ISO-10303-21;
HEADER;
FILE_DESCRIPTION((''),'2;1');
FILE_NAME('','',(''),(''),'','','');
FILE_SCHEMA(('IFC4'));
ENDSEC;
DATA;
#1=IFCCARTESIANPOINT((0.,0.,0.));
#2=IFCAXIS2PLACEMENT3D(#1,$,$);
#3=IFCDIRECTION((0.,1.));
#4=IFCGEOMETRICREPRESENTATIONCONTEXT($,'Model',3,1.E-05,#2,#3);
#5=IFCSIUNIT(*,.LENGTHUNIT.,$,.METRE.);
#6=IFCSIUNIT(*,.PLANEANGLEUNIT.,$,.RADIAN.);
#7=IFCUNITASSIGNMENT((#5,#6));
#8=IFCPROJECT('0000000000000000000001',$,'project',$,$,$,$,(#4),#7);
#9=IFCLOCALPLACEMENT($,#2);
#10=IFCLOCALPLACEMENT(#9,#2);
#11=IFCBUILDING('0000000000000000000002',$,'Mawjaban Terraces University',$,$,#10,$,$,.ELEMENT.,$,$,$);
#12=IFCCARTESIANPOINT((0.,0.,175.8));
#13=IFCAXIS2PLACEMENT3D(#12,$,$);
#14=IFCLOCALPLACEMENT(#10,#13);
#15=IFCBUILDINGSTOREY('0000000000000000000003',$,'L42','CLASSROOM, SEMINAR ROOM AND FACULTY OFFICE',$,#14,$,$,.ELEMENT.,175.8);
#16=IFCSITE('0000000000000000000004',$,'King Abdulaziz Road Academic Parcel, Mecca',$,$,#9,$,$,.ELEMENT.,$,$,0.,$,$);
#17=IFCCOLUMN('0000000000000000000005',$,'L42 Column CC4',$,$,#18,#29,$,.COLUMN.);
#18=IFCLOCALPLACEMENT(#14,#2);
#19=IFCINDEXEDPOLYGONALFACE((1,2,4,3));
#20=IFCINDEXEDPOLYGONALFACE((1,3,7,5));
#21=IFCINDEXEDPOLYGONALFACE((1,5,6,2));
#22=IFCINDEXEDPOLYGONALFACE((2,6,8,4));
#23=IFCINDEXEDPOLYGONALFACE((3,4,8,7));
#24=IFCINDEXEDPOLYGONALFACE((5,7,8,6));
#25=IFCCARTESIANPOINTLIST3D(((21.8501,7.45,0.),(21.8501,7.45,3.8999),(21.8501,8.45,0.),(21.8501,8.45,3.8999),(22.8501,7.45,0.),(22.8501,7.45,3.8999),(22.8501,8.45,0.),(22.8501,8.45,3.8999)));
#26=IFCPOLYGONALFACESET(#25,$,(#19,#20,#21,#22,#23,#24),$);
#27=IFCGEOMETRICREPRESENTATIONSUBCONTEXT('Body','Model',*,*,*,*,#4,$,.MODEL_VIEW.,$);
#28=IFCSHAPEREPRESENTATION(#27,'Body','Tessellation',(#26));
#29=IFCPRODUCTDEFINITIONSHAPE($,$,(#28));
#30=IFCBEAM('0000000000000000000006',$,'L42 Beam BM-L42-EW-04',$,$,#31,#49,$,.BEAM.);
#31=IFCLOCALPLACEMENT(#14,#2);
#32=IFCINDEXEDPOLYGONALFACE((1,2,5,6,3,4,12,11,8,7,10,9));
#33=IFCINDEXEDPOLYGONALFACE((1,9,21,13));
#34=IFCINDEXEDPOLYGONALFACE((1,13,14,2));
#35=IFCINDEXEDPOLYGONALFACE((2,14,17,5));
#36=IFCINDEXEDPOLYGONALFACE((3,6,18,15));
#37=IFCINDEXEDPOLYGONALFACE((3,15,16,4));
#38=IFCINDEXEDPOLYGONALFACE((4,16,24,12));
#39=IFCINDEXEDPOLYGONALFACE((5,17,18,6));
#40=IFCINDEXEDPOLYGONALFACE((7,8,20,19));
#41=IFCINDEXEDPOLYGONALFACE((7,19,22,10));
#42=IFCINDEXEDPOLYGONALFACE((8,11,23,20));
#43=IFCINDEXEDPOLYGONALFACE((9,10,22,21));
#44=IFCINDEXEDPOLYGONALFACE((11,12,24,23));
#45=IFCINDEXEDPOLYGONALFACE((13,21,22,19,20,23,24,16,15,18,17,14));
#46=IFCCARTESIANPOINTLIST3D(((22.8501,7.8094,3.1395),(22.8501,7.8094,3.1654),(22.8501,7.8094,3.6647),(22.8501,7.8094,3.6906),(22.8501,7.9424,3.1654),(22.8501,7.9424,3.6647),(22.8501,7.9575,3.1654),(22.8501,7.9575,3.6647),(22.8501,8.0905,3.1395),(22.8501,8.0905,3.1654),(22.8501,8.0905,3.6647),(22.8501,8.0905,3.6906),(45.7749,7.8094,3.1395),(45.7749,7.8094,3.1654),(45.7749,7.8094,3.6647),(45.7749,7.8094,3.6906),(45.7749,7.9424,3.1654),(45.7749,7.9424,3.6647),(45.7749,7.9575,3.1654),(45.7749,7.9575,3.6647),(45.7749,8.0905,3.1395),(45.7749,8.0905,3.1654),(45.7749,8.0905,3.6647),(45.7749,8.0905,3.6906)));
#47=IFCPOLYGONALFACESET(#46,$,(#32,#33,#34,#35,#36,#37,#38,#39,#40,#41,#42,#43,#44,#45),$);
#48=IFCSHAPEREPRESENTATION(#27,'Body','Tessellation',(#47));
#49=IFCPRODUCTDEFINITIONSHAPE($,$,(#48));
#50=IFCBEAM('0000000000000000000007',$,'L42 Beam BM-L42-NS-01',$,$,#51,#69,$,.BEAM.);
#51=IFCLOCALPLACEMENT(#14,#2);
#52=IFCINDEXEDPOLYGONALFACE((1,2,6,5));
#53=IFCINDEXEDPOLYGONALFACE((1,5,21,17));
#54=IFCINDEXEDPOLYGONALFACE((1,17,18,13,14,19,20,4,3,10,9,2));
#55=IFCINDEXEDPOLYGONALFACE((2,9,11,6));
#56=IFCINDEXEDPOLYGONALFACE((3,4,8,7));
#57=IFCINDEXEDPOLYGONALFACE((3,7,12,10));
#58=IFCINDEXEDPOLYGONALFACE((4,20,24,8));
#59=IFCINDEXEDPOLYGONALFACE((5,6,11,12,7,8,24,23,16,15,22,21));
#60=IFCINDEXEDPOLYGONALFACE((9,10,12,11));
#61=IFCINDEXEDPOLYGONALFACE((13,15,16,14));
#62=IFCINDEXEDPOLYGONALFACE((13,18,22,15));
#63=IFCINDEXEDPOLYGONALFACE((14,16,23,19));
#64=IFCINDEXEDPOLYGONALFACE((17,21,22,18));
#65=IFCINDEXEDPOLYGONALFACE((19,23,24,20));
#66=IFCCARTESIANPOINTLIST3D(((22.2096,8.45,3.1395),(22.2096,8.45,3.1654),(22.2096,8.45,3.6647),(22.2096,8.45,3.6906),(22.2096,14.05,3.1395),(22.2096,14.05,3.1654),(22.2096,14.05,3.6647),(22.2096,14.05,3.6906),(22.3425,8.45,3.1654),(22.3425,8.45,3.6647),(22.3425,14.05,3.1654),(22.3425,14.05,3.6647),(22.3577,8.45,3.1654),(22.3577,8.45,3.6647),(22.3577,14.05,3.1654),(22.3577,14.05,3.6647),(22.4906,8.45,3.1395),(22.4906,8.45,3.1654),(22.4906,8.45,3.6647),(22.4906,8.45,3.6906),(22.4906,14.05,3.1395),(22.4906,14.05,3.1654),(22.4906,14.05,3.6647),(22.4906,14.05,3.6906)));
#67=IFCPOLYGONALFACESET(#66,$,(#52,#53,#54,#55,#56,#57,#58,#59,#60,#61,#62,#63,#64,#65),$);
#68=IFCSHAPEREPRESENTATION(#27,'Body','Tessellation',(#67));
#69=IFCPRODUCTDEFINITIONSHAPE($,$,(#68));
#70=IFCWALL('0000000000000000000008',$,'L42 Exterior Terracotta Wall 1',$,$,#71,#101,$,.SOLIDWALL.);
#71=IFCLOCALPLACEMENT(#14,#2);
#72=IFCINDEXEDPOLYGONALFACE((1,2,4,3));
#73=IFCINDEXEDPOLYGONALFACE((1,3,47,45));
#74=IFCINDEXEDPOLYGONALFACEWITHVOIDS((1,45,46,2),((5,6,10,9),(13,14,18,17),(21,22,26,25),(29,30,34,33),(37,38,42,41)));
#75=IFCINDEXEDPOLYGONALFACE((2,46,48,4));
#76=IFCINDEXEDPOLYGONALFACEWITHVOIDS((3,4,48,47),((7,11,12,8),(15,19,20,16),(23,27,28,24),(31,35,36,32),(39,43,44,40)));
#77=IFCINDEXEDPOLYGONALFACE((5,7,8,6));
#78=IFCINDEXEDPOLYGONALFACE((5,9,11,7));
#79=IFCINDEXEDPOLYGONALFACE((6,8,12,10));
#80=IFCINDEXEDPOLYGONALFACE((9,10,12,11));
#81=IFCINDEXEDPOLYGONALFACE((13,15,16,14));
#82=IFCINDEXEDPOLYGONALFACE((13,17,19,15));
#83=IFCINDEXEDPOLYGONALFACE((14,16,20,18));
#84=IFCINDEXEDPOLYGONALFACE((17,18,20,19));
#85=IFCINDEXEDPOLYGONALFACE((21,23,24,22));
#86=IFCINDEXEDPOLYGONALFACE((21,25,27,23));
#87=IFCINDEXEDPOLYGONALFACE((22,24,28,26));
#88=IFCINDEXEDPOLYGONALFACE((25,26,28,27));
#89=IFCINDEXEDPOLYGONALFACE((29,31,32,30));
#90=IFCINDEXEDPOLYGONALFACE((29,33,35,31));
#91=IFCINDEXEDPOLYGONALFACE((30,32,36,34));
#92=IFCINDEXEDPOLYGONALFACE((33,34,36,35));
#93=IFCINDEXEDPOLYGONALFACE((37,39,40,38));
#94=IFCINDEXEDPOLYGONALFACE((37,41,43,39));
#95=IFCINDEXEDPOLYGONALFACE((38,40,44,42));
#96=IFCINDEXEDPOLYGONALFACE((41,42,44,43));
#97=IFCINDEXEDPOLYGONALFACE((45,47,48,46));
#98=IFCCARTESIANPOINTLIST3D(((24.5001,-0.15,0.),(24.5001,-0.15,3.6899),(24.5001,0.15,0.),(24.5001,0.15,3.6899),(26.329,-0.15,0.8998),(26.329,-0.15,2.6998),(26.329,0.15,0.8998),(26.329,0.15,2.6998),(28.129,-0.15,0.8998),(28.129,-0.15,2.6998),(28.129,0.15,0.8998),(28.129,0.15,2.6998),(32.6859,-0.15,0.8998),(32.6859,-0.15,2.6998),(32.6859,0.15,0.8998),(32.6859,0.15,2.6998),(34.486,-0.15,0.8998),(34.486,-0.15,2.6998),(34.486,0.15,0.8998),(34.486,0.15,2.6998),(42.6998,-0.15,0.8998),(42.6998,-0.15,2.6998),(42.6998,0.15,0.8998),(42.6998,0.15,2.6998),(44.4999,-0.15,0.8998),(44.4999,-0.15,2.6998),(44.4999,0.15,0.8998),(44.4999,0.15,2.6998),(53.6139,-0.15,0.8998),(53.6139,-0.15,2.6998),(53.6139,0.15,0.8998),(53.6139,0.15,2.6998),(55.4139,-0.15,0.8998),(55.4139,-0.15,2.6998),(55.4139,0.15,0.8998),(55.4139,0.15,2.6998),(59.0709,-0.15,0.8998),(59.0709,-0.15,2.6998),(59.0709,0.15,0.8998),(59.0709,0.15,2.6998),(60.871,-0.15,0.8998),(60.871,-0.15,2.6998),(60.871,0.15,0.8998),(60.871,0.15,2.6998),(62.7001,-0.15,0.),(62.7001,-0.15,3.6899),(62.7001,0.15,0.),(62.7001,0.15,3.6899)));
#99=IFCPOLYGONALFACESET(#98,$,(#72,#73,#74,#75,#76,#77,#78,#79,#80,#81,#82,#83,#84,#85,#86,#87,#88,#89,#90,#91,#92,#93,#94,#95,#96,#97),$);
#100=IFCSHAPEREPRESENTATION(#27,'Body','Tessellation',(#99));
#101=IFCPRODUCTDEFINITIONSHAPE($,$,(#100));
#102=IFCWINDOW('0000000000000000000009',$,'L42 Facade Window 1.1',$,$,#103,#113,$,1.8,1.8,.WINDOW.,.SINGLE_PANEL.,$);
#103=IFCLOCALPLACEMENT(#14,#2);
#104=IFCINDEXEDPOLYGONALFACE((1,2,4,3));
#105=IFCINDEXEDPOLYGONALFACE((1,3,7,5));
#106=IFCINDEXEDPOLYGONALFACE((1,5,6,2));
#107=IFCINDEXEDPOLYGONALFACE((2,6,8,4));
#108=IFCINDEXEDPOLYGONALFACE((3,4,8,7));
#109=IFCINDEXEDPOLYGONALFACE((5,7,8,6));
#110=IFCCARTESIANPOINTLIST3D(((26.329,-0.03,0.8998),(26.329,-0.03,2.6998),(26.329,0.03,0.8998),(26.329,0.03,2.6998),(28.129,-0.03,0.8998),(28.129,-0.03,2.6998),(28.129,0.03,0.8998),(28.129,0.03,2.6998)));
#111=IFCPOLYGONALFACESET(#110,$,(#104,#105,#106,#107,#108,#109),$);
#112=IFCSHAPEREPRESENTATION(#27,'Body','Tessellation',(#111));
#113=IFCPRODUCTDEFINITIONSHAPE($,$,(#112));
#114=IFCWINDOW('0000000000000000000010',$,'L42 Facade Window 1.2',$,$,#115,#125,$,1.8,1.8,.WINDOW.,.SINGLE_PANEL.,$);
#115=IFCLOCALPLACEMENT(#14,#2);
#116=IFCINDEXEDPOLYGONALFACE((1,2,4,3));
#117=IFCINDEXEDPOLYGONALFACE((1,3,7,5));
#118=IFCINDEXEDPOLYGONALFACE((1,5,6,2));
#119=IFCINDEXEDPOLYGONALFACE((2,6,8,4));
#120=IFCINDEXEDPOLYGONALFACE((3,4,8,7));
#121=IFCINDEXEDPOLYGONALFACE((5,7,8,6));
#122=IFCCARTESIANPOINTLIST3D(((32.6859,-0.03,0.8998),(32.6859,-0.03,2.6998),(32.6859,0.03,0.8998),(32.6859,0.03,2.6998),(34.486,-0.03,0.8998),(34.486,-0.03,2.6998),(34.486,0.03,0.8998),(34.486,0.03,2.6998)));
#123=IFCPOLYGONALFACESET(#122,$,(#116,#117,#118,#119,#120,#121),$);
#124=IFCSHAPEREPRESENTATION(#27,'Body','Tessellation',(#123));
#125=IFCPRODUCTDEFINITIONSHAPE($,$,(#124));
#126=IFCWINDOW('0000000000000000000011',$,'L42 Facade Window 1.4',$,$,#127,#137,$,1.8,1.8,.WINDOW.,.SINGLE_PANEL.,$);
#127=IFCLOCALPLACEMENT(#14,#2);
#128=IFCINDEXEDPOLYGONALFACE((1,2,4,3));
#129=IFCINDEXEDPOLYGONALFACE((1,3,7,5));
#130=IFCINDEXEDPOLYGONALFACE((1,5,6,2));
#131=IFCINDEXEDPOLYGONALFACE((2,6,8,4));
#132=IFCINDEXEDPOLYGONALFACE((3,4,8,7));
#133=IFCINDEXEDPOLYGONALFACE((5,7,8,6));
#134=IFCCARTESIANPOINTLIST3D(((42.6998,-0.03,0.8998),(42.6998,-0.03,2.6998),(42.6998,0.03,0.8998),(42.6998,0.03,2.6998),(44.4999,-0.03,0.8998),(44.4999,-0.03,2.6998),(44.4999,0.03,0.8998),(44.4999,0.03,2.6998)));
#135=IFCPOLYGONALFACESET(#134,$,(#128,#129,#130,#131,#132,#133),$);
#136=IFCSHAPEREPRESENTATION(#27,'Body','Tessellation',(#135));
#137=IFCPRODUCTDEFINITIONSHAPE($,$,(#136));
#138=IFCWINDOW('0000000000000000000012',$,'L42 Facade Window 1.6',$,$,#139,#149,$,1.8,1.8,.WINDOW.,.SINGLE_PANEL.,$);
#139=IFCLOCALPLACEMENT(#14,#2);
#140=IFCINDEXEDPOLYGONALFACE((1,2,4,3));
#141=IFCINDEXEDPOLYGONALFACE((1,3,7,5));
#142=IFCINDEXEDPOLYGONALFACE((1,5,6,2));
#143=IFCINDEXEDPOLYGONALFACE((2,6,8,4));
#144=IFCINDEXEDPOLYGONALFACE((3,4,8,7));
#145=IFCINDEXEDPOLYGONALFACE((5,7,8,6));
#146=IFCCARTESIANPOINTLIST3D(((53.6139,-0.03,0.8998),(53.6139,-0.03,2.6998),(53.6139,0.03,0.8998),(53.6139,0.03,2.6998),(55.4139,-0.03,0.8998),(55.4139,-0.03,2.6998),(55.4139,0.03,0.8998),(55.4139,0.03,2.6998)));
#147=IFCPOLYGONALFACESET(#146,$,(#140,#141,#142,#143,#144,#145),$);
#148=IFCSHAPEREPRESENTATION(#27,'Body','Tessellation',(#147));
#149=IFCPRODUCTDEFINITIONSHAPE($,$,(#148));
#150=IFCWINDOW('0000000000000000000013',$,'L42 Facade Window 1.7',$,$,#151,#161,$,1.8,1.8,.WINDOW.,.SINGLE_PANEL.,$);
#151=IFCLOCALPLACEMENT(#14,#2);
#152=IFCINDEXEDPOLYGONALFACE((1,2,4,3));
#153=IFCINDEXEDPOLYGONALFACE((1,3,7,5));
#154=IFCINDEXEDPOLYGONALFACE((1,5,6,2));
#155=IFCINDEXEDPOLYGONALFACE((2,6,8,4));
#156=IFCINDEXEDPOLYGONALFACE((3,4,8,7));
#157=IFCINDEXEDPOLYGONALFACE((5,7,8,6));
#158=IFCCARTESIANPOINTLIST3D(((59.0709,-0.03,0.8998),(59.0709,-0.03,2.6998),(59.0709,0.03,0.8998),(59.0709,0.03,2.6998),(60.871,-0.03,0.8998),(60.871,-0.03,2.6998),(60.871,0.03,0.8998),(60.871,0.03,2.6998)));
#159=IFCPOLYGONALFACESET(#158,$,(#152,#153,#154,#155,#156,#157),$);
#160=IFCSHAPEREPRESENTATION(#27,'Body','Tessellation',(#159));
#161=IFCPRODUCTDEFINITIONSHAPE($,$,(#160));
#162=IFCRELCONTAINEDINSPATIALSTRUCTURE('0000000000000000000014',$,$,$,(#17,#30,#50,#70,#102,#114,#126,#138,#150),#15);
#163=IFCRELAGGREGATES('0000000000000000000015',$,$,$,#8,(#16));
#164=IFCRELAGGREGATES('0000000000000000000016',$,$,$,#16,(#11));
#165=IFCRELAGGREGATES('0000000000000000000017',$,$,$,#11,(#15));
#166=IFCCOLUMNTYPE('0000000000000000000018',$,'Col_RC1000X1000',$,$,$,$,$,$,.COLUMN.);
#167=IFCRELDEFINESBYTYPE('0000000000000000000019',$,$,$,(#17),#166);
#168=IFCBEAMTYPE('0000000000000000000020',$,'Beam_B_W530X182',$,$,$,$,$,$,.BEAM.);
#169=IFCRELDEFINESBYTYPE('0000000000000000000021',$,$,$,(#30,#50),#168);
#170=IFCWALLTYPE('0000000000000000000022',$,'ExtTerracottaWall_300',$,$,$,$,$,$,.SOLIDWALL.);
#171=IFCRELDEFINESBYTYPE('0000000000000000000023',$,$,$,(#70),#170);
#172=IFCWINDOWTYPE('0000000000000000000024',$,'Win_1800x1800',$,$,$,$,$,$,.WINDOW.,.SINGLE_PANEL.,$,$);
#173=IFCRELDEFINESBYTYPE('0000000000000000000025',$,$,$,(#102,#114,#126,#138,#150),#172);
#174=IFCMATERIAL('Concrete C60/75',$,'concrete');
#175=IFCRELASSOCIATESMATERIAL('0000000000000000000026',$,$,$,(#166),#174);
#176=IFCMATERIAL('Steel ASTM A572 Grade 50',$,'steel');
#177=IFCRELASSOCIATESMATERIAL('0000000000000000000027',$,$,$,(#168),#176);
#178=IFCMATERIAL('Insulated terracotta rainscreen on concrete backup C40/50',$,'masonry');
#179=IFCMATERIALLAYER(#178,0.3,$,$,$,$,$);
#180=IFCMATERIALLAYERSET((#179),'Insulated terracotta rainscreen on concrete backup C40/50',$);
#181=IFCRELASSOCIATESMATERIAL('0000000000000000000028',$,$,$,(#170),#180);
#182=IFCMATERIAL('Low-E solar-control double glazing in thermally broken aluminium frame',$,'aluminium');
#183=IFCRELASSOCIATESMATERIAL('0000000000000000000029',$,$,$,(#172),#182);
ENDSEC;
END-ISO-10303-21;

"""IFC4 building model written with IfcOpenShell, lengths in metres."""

from ifc_helpers import new_model, si_unit, direction, frame, frame_2d, origin, origin_2d, place, context, subcontext, project, spatial, rectangle, i_section, extrude, material, layer, layer_set, material_profile, profile_set, type_object, element, fill, save


model = new_model("IFC4")

# Units and contexts
model_context = context("Model", 3, precision=1e-05, world=origin(), true_north=direction((0.0, 1.0)))
body_context = subcontext(model_context, "Body", "Model", "MODEL_VIEW")
ifc_project = project(units=[si_unit("LENGTHUNIT", "METRE"), si_unit("PLANEANGLEUNIT", "RADIAN")], contexts=[model_context])

# Site, building, storey
site_placement = place(None, origin())
site = spatial("IfcSite", under=ifc_project, at=site_placement, Name="King Abdulaziz Road Academic Parcel, Mecca", CompositionType="ELEMENT", RefElevation=0.0)
building_placement = place(site_placement, origin())
building = spatial("IfcBuilding", under=site, at=building_placement, Name="Mawjaban Terraces University", CompositionType="ELEMENT")
storey_placement = place(building_placement, frame((0.0, 0.0, 175.8)))
storey = spatial("IfcBuildingStorey", under=building, at=storey_placement, Name="L42", Description="CLASSROOM, SEMINAR ROOM AND FACULTY OFFICE", CompositionType="ELEMENT", Elevation=175.8)

# Column
ifc_material_1 = material(Name="Concrete C60/75", Category="concrete")
ifc_material_profile_1 = material_profile(ifc_material_1, rectangle(XDim=1.0, YDim=1.0, at=origin_2d()), Name="RC1000X1000")
ifc_profile_set_1 = profile_set([ifc_material_profile_1], Name="Concrete C60/75")
column_type = type_object("IfcColumnType", Name="Col_RC1000X1000", PredefinedType="COLUMN", material=ifc_profile_set_1)
column_placement = place(storey_placement, frame((22.3501, 7.95, 0.0), z_axis=(0.0, 0.0, 1.0), x_axis=(1.0, 0.0, 0.0)))
element("IfcColumn", 1, at=column_placement, inside=storey, type_object=column_type, Name="L42 Column CC4", PredefinedType="COLUMN", context=body_context, shape_type="SweptSolid", body=[
    extrude(rectangle(XDim=1.0, YDim=1.0, at=origin_2d()), origin(), (0.0, 0.0, 1.0), 3.8999),
])

# Beams
ifc_material_2 = material(Name="Steel ASTM A572 Grade 50", Category="steel")
ifc_material_profile_2 = material_profile(ifc_material_2, i_section(OverallWidth=0.281, OverallDepth=0.551, WebThickness=0.0151, FlangeThickness=0.0259, at=origin_2d()), Name="W530X182")
ifc_profile_set_2 = profile_set([ifc_material_profile_2], Name="Steel ASTM A572 Grade 50")
beam_type = type_object("IfcBeamType", Name="Beam_B_W530X182", PredefinedType="BEAM", material=ifc_profile_set_2)
beam_1_placement = place(storey_placement, frame((22.8501, 7.95, 3.415), z_axis=(1.0, 0.0, 0.0), x_axis=(0.0, 1.0, 0.0)))
element("IfcBeam", 2, at=beam_1_placement, inside=storey, type_object=beam_type, Name="L42 Beam BM-L42-EW-04", PredefinedType="BEAM", context=body_context, shape_type="SweptSolid", body=[
    extrude(i_section(OverallWidth=0.281, OverallDepth=0.551, WebThickness=0.0151, FlangeThickness=0.0259, at=origin_2d()), origin(), (0.0, 0.0, 1.0), 22.9248),
])
beam_2_placement = place(storey_placement, frame((22.3501, 8.45, 3.415), z_axis=(0.0, 1.0, 0.0), x_axis=(-1.0, 0.0, 0.0)))
element("IfcBeam", 3, at=beam_2_placement, inside=storey, type_object=beam_type, Name="L42 Beam BM-L42-NS-01", PredefinedType="BEAM", context=body_context, shape_type="SweptSolid", body=[
    extrude(i_section(OverallWidth=0.281, OverallDepth=0.551, WebThickness=0.0151, FlangeThickness=0.0259, at=origin_2d()), origin(), (0.0, 0.0, 1.0), 5.6001),
])

# Wall, openings, windows
ifc_material_3 = material(Name="Insulated terracotta rainscreen on concrete backup C40/50", Category="masonry")
ifc_layer_1 = layer(ifc_material_3, 0.3)
ifc_layer_set_1 = layer_set([ifc_layer_1], Name="Insulated terracotta rainscreen on concrete backup C40/50")
wall_type_1 = type_object("IfcWallType", Name="ExtTerracottaWall_300", PredefinedType="SOLIDWALL", material=ifc_layer_set_1)
wall_1_placement = place(storey_placement, frame((24.5, 0.0, 0.0), z_axis=(0.0, 0.0, 1.0), x_axis=(1.0, 0.0, 0.0)))
wall_1 = element("IfcWall", 4, at=wall_1_placement, inside=storey, type_object=wall_type_1, Name="L42 Exterior Terracotta Wall 1", PredefinedType="SOLIDWALL", context=body_context, shape_type="SweptSolid", body=[
    extrude(rectangle(XDim=38.2, YDim=0.3, at=frame_2d((19.1001, 0.0))), origin(), (0.0, 0.0, 1.0), 3.6899),
])
opening_1_placement = place(wall_1_placement, frame((1.8291, 0.0, 0.8999)))
opening_1 = element("IfcOpeningElement", 5, at=opening_1_placement, cuts=wall_1, PredefinedType="OPENING", context=body_context, shape_type="SweptSolid", body=[
    extrude(rectangle(XDim=1.8, YDim=1.8, at=frame_2d((0.8999, 0.8999))), frame((0.0, 0.1599, 0.0), z_axis=(0.0, -1.0, 0.0), x_axis=(1.0, 0.0, 0.0)), (0.0, 0.0, 1.0), 0.3201),
])
opening_2_placement = place(wall_1_placement, frame((8.186, 0.0, 0.8999)))
opening_2 = element("IfcOpeningElement", 6, at=opening_2_placement, cuts=wall_1, PredefinedType="OPENING", context=body_context, shape_type="SweptSolid", body=[
    extrude(rectangle(XDim=1.8, YDim=1.8, at=frame_2d((0.8999, 0.8999))), frame((0.0, 0.1599, 0.0), z_axis=(0.0, -1.0, 0.0), x_axis=(1.0, 0.0, 0.0)), (0.0, 0.0, 1.0), 0.3201),
])
opening_3_placement = place(wall_1_placement, frame((18.2, 0.0, 0.8999)))
opening_3 = element("IfcOpeningElement", 7, at=opening_3_placement, cuts=wall_1, PredefinedType="OPENING", context=body_context, shape_type="SweptSolid", body=[
    extrude(rectangle(XDim=1.8, YDim=1.8, at=frame_2d((0.8999, 0.8999))), frame((0.0, 0.1599, 0.0), z_axis=(0.0, -1.0, 0.0), x_axis=(1.0, 0.0, 0.0)), (0.0, 0.0, 1.0), 0.3201),
])
opening_4_placement = place(wall_1_placement, frame((29.114, 0.0, 0.8999)))
opening_4 = element("IfcOpeningElement", 8, at=opening_4_placement, cuts=wall_1, PredefinedType="OPENING", context=body_context, shape_type="SweptSolid", body=[
    extrude(rectangle(XDim=1.8, YDim=1.8, at=frame_2d((0.8999, 0.8999))), frame((0.0, 0.1599, 0.0), z_axis=(0.0, -1.0, 0.0), x_axis=(1.0, 0.0, 0.0)), (0.0, 0.0, 1.0), 0.3201),
])
opening_5_placement = place(wall_1_placement, frame((34.571, 0.0, 0.8999)))
opening_5 = element("IfcOpeningElement", 9, at=opening_5_placement, cuts=wall_1, PredefinedType="OPENING", context=body_context, shape_type="SweptSolid", body=[
    extrude(rectangle(XDim=1.8, YDim=1.8, at=frame_2d((0.8999, 0.8999))), frame((0.0, 0.1599, 0.0), z_axis=(0.0, -1.0, 0.0), x_axis=(1.0, 0.0, 0.0)), (0.0, 0.0, 1.0), 0.3201),
])
ifc_material_4 = material(Name="Low-E solar-control double glazing in thermally broken aluminium frame", Category="aluminium")
window_type = type_object("IfcWindowType", Name="Win_1800x1800", PartitioningType="SINGLE_PANEL", PredefinedType="WINDOW", material=ifc_material_4)
window_1_placement = place(opening_1_placement, origin())
window_1 = element("IfcWindow", 10, at=window_1_placement, inside=storey, type_object=window_type, Name="L42 Facade Window 1.1", OverallHeight=1.8, OverallWidth=1.8, PartitioningType="SINGLE_PANEL", PredefinedType="WINDOW", context=body_context, shape_type="SweptSolid", body=[
    extrude(rectangle(XDim=1.8, YDim=1.8, at=frame_2d((0.8999, 0.8999))), frame((0.0, 0.03, 0.0), z_axis=(0.0, -1.0, 0.0), x_axis=(1.0, 0.0, 0.0)), (0.0, 0.0, 1.0), 0.0601),
])
fill(opening_1, window_1)
window_2_placement = place(opening_2_placement, origin())
window_2 = element("IfcWindow", 11, at=window_2_placement, inside=storey, type_object=window_type, Name="L42 Facade Window 1.2", OverallHeight=1.8, OverallWidth=1.8, PartitioningType="SINGLE_PANEL", PredefinedType="WINDOW", context=body_context, shape_type="SweptSolid", body=[
    extrude(rectangle(XDim=1.8, YDim=1.8, at=frame_2d((0.8999, 0.8999))), frame((0.0, 0.03, 0.0), z_axis=(0.0, -1.0, 0.0), x_axis=(1.0, 0.0, 0.0)), (0.0, 0.0, 1.0), 0.0601),
])
fill(opening_2, window_2)
window_3_placement = place(opening_3_placement, origin())
window_3 = element("IfcWindow", 12, at=window_3_placement, inside=storey, type_object=window_type, Name="L42 Facade Window 1.4", OverallHeight=1.8, OverallWidth=1.8, PartitioningType="SINGLE_PANEL", PredefinedType="WINDOW", context=body_context, shape_type="SweptSolid", body=[
    extrude(rectangle(XDim=1.8, YDim=1.8, at=frame_2d((0.8999, 0.8999))), frame((0.0, 0.03, 0.0), z_axis=(0.0, -1.0, 0.0), x_axis=(1.0, 0.0, 0.0)), (0.0, 0.0, 1.0), 0.0601),
])
fill(opening_3, window_3)
window_4_placement = place(opening_4_placement, origin())
window_4 = element("IfcWindow", 13, at=window_4_placement, inside=storey, type_object=window_type, Name="L42 Facade Window 1.6", OverallHeight=1.8, OverallWidth=1.8, PartitioningType="SINGLE_PANEL", PredefinedType="WINDOW", context=body_context, shape_type="SweptSolid", body=[
    extrude(rectangle(XDim=1.8, YDim=1.8, at=frame_2d((0.8999, 0.8999))), frame((0.0, 0.03, 0.0), z_axis=(0.0, -1.0, 0.0), x_axis=(1.0, 0.0, 0.0)), (0.0, 0.0, 1.0), 0.0601),
])
fill(opening_4, window_4)
window_5_placement = place(opening_5_placement, origin())
window_5 = element("IfcWindow", 14, at=window_5_placement, inside=storey, type_object=window_type, Name="L42 Facade Window 1.7", OverallHeight=1.8, OverallWidth=1.8, PartitioningType="SINGLE_PANEL", PredefinedType="WINDOW", context=body_context, shape_type="SweptSolid", body=[
    extrude(rectangle(XDim=1.8, YDim=1.8, at=frame_2d((0.8999, 0.8999))), frame((0.0, 0.03, 0.0), z_axis=(0.0, -1.0, 0.0), x_axis=(1.0, 0.0, 0.0)), (0.0, 0.0, 1.0), 0.0601),
])
fill(opening_5, window_5)

save(model, "model.ifc")
